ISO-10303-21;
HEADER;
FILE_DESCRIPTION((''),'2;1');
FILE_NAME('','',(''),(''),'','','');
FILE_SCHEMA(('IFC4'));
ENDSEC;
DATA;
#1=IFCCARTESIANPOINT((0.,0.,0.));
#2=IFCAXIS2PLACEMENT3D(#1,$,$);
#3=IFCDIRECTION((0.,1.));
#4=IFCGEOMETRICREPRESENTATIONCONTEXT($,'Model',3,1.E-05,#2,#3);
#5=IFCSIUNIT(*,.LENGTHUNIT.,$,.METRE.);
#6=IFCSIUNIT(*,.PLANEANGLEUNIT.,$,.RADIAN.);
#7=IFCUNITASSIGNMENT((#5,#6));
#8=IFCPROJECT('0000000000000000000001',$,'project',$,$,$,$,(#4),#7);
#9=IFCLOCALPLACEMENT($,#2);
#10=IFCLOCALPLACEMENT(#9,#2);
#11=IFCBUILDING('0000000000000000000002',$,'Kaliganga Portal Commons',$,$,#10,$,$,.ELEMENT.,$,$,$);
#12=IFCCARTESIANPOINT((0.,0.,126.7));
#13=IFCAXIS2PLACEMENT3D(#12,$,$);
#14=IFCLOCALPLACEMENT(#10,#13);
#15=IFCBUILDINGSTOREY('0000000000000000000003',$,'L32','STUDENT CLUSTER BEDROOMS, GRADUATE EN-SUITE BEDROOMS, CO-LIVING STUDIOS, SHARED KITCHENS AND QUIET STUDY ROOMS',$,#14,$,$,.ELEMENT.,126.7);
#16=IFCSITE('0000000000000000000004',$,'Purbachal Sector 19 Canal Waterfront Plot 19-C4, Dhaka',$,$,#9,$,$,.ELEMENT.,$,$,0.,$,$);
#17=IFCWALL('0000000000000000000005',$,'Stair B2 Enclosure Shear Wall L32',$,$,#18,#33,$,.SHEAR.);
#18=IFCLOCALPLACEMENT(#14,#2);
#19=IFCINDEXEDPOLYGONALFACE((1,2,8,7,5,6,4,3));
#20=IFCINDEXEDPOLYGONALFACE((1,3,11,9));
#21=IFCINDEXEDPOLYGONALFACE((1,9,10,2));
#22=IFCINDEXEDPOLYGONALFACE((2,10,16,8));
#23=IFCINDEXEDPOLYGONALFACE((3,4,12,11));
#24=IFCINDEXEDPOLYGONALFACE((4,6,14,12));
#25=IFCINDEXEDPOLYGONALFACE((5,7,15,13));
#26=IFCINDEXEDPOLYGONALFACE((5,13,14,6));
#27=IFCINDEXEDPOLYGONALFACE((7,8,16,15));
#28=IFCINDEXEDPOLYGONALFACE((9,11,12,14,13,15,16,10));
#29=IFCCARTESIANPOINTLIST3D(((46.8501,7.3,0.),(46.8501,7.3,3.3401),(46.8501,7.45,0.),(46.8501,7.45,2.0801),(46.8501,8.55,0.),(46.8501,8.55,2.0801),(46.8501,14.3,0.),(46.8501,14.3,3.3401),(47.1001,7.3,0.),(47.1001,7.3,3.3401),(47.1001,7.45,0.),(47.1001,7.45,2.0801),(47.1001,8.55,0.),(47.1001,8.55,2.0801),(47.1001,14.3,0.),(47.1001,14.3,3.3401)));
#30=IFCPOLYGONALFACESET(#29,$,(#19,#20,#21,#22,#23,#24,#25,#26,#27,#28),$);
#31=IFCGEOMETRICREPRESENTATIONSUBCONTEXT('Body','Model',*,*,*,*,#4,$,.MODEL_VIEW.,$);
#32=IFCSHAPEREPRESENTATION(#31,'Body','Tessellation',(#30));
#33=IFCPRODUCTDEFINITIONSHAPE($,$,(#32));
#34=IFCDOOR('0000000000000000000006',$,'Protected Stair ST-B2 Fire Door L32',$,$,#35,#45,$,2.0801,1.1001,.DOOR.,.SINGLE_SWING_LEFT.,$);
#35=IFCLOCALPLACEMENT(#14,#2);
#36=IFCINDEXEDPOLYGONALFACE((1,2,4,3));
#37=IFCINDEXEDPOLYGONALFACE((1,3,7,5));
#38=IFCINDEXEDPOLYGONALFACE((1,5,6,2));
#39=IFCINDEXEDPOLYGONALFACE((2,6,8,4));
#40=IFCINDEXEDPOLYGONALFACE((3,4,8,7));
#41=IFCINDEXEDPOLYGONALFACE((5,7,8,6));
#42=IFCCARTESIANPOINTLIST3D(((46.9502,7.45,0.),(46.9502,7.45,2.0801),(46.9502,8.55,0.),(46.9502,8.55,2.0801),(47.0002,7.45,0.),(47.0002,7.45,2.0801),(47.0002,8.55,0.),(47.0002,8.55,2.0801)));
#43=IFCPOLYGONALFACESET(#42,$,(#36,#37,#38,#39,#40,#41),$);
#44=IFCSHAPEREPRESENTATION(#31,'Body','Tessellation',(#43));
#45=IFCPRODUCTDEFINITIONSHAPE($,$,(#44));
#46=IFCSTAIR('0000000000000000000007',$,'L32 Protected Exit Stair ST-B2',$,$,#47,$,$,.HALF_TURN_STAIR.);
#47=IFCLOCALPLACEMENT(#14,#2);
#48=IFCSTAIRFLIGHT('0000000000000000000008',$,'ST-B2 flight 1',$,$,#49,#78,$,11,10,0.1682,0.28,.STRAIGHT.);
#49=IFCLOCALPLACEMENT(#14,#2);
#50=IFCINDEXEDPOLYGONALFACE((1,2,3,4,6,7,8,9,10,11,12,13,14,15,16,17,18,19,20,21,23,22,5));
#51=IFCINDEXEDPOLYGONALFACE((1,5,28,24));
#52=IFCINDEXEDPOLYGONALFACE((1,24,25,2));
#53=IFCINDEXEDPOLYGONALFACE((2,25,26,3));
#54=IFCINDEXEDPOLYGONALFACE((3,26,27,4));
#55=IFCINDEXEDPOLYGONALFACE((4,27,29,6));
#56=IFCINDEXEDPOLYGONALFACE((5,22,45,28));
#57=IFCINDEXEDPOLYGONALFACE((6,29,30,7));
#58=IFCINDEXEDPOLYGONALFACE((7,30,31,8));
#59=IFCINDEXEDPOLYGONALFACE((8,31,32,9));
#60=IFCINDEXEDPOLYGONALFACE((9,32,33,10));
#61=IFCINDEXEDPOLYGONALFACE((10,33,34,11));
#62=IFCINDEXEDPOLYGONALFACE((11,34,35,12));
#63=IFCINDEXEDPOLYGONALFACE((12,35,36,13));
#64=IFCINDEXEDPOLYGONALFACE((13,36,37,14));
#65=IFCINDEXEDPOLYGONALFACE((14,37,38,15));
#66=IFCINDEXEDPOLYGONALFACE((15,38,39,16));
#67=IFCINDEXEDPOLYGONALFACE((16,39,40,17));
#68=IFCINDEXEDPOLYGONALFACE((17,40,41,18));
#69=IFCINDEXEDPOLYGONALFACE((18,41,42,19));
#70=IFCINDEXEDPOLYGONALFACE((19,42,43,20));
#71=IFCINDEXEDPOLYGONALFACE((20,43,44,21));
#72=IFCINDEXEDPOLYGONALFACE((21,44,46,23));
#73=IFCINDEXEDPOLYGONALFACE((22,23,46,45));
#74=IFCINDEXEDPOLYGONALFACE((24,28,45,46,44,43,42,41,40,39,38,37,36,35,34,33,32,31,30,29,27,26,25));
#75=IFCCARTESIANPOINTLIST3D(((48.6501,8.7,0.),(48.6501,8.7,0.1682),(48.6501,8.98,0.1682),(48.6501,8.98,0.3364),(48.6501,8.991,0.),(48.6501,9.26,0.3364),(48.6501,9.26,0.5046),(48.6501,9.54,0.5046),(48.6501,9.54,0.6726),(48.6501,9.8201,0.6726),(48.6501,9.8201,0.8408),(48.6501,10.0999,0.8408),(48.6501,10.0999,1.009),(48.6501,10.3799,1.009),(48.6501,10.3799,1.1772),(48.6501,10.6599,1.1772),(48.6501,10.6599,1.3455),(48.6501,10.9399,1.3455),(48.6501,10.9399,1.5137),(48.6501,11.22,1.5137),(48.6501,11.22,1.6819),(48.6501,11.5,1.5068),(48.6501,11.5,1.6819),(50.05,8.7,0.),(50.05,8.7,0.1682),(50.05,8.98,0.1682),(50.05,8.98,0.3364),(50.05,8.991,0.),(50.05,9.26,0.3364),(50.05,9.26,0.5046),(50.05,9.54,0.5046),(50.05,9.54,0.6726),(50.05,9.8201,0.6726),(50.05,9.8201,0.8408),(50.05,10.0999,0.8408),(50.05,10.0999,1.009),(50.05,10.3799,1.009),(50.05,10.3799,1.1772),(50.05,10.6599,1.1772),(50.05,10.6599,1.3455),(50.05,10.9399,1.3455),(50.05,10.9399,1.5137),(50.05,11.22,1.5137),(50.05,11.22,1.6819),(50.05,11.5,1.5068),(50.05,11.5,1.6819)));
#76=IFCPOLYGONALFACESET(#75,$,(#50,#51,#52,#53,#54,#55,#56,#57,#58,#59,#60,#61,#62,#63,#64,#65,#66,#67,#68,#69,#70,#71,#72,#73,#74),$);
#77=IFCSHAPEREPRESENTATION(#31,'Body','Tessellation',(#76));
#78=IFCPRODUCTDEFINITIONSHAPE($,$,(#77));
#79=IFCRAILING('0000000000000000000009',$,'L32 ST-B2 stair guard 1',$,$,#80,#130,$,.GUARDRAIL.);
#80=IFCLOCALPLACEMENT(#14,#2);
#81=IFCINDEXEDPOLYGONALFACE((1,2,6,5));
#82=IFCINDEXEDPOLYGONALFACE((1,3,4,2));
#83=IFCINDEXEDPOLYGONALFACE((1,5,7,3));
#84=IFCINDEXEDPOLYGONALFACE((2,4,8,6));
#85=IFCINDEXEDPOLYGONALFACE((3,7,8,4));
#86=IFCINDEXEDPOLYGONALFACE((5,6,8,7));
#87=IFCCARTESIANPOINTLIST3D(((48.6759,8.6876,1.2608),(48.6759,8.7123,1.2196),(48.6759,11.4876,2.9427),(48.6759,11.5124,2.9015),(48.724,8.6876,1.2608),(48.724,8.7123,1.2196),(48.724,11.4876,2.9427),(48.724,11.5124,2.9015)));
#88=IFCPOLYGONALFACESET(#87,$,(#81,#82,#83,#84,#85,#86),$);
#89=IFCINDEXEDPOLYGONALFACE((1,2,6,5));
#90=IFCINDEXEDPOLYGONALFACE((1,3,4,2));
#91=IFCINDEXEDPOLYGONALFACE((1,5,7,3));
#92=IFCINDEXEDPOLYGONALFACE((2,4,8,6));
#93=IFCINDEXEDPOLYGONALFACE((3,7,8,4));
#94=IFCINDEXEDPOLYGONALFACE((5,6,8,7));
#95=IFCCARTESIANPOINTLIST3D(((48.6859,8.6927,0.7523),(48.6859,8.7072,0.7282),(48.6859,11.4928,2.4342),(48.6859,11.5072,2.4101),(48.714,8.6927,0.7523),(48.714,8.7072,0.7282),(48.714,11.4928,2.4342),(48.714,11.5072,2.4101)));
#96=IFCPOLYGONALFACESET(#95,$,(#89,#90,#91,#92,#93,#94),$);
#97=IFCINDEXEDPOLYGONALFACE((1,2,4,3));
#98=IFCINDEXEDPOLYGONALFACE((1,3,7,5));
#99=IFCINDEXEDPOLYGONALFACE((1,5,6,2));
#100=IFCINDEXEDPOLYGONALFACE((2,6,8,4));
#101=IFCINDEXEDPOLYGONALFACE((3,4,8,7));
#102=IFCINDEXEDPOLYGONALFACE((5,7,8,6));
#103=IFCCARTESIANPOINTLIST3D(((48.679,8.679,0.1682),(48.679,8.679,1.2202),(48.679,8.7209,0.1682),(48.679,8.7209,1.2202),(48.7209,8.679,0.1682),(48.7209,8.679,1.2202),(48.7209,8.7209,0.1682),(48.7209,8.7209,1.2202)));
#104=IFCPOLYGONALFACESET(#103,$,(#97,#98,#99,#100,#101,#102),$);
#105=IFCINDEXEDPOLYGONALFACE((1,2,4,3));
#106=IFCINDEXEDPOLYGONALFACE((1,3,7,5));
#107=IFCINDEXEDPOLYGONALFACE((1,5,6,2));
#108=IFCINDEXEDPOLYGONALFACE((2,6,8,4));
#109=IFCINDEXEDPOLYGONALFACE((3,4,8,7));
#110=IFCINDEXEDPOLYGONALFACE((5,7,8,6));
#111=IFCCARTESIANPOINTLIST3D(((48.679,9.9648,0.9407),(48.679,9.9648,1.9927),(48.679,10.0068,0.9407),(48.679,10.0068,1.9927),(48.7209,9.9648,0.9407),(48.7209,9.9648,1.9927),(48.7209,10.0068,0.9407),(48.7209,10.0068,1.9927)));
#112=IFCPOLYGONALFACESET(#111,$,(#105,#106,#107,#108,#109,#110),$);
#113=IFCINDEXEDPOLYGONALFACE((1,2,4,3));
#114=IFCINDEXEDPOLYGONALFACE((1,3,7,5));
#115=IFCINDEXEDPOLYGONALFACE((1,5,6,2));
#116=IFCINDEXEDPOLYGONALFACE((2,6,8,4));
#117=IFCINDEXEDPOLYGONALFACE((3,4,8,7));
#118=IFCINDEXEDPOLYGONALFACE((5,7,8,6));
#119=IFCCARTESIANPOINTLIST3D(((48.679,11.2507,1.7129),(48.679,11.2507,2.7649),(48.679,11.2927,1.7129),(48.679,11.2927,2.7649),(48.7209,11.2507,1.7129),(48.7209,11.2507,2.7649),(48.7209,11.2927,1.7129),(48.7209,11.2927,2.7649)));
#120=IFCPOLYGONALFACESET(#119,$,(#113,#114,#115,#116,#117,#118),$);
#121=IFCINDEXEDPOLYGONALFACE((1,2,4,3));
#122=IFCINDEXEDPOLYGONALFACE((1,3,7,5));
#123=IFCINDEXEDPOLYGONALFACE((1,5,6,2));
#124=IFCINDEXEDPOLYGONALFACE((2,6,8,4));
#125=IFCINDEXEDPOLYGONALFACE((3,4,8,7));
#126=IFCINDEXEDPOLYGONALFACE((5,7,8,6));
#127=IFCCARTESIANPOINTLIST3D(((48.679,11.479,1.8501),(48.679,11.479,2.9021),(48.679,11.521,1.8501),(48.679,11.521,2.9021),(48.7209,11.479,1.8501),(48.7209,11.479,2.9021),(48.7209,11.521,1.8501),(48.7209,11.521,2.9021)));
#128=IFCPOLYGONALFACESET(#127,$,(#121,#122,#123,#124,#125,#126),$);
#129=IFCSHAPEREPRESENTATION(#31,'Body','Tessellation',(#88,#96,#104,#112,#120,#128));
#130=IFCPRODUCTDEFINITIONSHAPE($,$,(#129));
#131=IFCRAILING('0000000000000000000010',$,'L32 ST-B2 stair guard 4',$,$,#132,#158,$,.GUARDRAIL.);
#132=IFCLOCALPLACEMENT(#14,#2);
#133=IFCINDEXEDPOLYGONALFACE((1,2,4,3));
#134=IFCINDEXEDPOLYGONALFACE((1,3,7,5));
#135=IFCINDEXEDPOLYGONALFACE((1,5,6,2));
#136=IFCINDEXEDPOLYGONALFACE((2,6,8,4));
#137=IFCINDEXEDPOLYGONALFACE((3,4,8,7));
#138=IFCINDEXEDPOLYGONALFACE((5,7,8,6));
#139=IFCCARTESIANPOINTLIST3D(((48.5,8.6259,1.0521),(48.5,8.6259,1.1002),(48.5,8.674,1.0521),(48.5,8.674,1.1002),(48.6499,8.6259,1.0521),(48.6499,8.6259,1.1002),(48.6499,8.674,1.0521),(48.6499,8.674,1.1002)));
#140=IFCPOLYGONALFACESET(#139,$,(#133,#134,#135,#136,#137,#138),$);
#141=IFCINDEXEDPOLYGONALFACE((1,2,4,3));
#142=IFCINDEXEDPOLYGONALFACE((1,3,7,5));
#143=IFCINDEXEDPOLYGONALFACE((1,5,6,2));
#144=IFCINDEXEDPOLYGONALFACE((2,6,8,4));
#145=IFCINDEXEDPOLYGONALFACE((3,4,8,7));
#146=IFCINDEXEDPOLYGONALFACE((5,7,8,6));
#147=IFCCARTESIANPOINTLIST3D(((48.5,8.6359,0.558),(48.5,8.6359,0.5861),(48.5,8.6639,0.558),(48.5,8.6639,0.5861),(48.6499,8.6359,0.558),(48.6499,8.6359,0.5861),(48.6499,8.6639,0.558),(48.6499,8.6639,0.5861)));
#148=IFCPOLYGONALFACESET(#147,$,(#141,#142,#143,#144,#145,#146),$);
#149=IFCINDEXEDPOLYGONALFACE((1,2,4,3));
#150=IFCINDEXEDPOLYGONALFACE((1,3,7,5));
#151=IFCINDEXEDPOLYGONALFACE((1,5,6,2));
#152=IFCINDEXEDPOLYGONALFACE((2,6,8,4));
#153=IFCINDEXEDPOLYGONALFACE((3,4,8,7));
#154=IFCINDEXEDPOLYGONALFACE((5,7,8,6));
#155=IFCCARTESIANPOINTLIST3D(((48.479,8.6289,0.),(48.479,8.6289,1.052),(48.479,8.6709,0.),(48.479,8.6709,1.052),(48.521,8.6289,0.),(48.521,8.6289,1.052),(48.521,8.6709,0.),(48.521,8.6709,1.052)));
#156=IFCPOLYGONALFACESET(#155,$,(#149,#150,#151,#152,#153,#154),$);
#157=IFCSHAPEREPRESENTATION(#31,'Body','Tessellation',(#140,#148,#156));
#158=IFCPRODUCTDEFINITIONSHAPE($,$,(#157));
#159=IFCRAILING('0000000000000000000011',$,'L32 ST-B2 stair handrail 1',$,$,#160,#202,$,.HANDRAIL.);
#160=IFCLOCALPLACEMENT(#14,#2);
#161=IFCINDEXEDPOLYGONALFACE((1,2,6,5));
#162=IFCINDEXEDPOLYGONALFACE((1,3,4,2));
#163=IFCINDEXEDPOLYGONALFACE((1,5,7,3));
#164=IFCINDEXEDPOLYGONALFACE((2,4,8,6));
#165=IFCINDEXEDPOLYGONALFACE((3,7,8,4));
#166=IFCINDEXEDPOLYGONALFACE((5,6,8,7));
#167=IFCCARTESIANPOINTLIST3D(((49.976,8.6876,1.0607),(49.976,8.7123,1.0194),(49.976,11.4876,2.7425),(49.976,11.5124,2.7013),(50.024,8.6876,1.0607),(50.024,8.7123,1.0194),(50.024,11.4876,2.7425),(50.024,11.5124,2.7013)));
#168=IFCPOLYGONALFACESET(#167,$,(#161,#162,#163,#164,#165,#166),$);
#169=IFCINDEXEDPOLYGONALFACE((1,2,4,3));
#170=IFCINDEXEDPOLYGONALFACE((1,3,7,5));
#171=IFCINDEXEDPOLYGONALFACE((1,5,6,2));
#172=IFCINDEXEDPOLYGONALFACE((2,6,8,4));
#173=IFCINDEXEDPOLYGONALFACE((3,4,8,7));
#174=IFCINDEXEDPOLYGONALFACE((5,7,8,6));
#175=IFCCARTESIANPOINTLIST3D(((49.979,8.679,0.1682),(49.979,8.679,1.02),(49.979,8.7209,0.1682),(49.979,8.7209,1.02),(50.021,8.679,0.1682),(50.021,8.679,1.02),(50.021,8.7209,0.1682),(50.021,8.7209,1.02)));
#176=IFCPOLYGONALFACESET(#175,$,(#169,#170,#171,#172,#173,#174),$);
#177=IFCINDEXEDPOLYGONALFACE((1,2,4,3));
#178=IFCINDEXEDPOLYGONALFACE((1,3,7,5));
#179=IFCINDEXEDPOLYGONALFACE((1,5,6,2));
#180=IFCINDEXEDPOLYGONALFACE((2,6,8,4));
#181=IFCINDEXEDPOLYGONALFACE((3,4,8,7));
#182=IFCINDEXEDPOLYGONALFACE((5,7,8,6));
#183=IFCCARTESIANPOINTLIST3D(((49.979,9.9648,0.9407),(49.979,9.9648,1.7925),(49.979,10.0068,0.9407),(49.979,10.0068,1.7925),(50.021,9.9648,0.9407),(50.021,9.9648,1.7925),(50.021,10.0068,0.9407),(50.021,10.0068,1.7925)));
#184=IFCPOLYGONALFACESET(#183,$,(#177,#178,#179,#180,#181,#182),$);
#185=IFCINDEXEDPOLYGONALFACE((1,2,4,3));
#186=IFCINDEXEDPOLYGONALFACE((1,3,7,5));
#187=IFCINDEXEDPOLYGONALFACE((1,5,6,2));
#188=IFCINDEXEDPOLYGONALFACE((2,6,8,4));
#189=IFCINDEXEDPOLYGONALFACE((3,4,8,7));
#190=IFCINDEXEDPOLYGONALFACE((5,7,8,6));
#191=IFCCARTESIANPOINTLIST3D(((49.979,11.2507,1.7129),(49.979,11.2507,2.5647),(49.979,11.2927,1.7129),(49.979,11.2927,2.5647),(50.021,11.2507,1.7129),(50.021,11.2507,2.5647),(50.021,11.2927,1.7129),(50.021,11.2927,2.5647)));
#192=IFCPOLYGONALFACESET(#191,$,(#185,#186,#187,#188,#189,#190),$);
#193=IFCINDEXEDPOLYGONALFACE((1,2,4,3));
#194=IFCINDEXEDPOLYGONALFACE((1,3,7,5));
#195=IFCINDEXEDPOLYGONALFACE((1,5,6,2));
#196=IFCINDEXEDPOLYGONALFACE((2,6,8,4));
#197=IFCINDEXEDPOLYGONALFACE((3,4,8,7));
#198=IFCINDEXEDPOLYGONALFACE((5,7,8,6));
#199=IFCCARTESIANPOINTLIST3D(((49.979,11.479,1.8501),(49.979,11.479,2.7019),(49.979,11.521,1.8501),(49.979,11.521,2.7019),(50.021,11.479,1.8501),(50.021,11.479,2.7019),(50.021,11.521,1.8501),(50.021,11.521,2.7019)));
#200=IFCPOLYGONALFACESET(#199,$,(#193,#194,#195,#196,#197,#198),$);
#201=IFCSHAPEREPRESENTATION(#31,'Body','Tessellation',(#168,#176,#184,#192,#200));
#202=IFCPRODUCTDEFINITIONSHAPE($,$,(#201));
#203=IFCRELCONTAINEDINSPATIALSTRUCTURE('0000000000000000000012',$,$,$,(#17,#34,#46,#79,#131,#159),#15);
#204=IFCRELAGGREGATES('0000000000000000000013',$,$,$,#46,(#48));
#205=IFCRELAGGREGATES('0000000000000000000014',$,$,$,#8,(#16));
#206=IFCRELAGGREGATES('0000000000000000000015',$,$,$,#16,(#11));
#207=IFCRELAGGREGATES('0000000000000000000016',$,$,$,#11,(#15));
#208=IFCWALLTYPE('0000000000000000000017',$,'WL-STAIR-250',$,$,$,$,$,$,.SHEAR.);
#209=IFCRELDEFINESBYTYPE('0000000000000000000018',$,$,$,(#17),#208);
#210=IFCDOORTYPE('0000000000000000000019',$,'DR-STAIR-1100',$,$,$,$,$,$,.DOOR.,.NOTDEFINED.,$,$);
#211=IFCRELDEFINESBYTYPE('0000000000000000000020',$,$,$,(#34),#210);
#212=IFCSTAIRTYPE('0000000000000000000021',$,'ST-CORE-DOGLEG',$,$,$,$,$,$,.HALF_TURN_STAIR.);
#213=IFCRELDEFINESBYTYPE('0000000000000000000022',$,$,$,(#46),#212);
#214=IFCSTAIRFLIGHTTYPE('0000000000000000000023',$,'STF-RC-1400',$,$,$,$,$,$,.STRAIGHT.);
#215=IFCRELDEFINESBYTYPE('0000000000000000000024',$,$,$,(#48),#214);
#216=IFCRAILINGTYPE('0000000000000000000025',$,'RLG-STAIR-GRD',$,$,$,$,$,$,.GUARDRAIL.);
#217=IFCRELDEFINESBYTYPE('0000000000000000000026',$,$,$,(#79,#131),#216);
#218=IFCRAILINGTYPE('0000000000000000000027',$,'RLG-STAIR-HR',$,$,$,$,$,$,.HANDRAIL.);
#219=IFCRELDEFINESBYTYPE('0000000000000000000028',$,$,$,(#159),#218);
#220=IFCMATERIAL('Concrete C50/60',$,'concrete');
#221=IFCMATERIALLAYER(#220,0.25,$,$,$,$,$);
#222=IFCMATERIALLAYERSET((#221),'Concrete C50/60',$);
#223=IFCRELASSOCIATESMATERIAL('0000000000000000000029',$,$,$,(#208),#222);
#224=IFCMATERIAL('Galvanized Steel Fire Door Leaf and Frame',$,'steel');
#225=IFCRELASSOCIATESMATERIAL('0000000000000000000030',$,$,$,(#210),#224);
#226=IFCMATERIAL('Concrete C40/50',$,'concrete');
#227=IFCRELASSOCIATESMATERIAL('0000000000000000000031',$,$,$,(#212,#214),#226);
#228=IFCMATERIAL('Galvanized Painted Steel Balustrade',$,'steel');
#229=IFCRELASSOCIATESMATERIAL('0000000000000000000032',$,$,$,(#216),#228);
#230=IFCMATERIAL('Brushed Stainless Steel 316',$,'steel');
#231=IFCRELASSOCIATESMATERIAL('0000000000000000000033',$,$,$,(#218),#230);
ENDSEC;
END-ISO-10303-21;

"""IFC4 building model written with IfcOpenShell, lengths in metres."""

from ifc_helpers import new_model, si_unit, direction, frame, frame_2d, origin, origin_2d, place, context, subcontext, project, spatial, polyline, rectangle, outline, extrude, material, layer, layer_set, type_object, element, fill, aggregate, save


model = new_model("IFC4")

# Units and contexts
model_context = context("Model", 3, precision=1e-05, world=origin(), true_north=direction((0.0, 1.0)))
body_context = subcontext(model_context, "Body", "Model", "MODEL_VIEW")
ifc_project = project(units=[si_unit("LENGTHUNIT", "METRE"), si_unit("PLANEANGLEUNIT", "RADIAN")], contexts=[model_context])

# Site, building, storey
site_placement = place(None, origin())
site = spatial("IfcSite", under=ifc_project, at=site_placement, Name="Purbachal Sector 19 Canal Waterfront Plot 19-C4, Dhaka", CompositionType="ELEMENT", RefElevation=0.0)
building_placement = place(site_placement, origin())
building = spatial("IfcBuilding", under=site, at=building_placement, Name="Kaliganga Portal Commons", CompositionType="ELEMENT")
storey_placement = place(building_placement, frame((0.0, 0.0, 126.7)))
storey = spatial("IfcBuildingStorey", under=building, at=storey_placement, Name="L32", Description="STUDENT CLUSTER BEDROOMS, GRADUATE EN-SUITE BEDROOMS, CO-LIVING STUDIOS, SHARED KITCHENS AND QUIET STUDY ROOMS", CompositionType="ELEMENT", Elevation=126.7)

# Wall, opening, door
ifc_material_1 = material(Name="Concrete C50/60", Category="concrete")
ifc_layer_1 = layer(ifc_material_1, 0.25)
ifc_layer_set_1 = layer_set([ifc_layer_1], Name="Concrete C50/60")
wall_type_1 = type_object("IfcWallType", Name="WL-STAIR-250", PredefinedType="SHEAR", material=ifc_layer_set_1)
wall_1_placement = place(storey_placement, frame((46.9751, 7.3, 0.0), z_axis=(0.0, 0.0, 1.0), x_axis=(0.0, 1.0, 0.0)))
wall_1 = element("IfcWall", 1, at=wall_1_placement, inside=storey, type_object=wall_type_1, Name="Stair B2 Enclosure Shear Wall L32", PredefinedType="SHEAR", context=body_context, shape_type="SweptSolid", body=[
    extrude(rectangle(XDim=7.0, YDim=0.25, at=frame_2d((3.5, 0.0))), origin(), (0.0, 0.0, 1.0), 3.3401),
])
opening_1_placement = place(wall_1_placement, frame((0.1499, 0.0, 0.0)))
opening_1 = element("IfcOpeningElement", 2, at=opening_1_placement, cuts=wall_1, PredefinedType="OPENING", context=body_context, shape_type="SweptSolid", body=[
    extrude(rectangle(XDim=1.1001, YDim=2.0801, at=frame_2d((0.55, 1.04))), frame((0.0, 0.135, 0.0), z_axis=(0.0, -1.0, 0.0), x_axis=(1.0, 0.0, 0.0)), (0.0, 0.0, 1.0), 0.27),
])
ifc_material_2 = material(Name="Galvanized Steel Fire Door Leaf and Frame", Category="steel")
door_type_1 = type_object("IfcDoorType", Name="DR-STAIR-1100", OperationType="NOTDEFINED", PredefinedType="DOOR", material=ifc_material_2)
door_1_placement = place(opening_1_placement, origin())
door_1 = element("IfcDoor", 3, at=door_1_placement, inside=storey, type_object=door_type_1, Name="Protected Stair ST-B2 Fire Door L32", OperationType="SINGLE_SWING_LEFT", OverallHeight=2.0801, OverallWidth=1.1001, PredefinedType="DOOR", context=body_context, shape_type="SweptSolid", body=[
    extrude(rectangle(XDim=1.1001, YDim=2.0801, at=frame_2d((0.55, 1.04))), frame((0.0, 0.0249, 0.0), z_axis=(0.0, -1.0, 0.0), x_axis=(1.0, 0.0, 0.0)), (0.0, 0.0, 1.0), 0.05),
])
fill(opening_1, door_1)

# Stair, stair flight
ifc_material_3 = material(Name="Concrete C40/50", Category="concrete")
stair_type = type_object("IfcStairType", Name="ST-CORE-DOGLEG", PredefinedType="HALF_TURN_STAIR", material=ifc_material_3)
stair_placement = place(storey_placement, origin())
stair = element("IfcStair", 4, at=stair_placement, inside=storey, type_object=stair_type, Name="L32 Protected Exit Stair ST-B2", PredefinedType="HALF_TURN_STAIR")
stair_flight_type = type_object("IfcStairFlightType", Name="STF-RC-1400", PredefinedType="STRAIGHT", material=ifc_material_3)
stair_flight_placement = place(storey_placement, frame((49.3501, 8.7, 0.0), z_axis=(0.0, 0.0, 1.0), x_axis=(0.0, 1.0, 0.0)))
stair_flight = element("IfcStairFlight", 5, at=stair_flight_placement, type_object=stair_flight_type, Name="ST-B2 flight 1", NumberOfRisers=11, NumberOfTreads=10, PredefinedType="STRAIGHT", RiserHeight=0.1682, TreadLength=0.28, context=body_context, shape_type="SweptSolid", body=[
    extrude(outline(polyline([(0.0, 0.0), (0.0, 0.1682), (0.28, 0.1682), (0.28, 0.3364), (0.5601, 0.3364), (0.5601, 0.5046), (0.8401, 0.5046), (0.8401, 0.6726), (1.1201, 0.6726), (1.1201, 0.8408), (1.3999, 0.8408), (1.3999, 1.009), (1.6799, 1.009), (1.6799, 1.1772), (1.96, 1.1772), (1.96, 1.3455), (2.24, 1.3455), (2.24, 1.5137), (2.52, 1.5137), (2.52, 1.6819), (2.8, 1.6819), (2.8, 1.8501), (2.8, 1.5068), (0.291, 0.0), (0.0, 0.0)])), frame((0.0, 0.7, 0.0), z_axis=(0.0, -1.0, 0.0), x_axis=(1.0, 0.0, 0.0)), (0.0, 0.0, 1.0), 1.3999),
])
aggregate(stair, [stair_flight])

# Railings
ifc_material_4 = material(Name="Galvanized Painted Steel Balustrade", Category="steel")
railing_type_1 = type_object("IfcRailingType", Name="RLG-STAIR-GRD", PredefinedType="GUARDRAIL", material=ifc_material_4)
railing_1_placement = place(storey_placement, frame((48.7, 8.7, 0.1682)))
element("IfcRailing", 6, at=railing_1_placement, inside=storey, type_object=railing_type_1, Name="L32 ST-B2 stair guard 1", PredefinedType="GUARDRAIL", context=body_context, shape_type="SweptSolid", body=[
    extrude(rectangle(XDim=0.0481, YDim=0.0481, at=origin_2d()), frame((0.0, 0.0, 1.072), z_axis=(0.0, 0.857242, 0.514913), x_axis=(-1.0, 0.0, 0.0)), (0.0, 0.0, 1.0), 3.2664),
    extrude(rectangle(XDim=0.0281, YDim=0.0281, at=origin_2d()), frame((0.0, 0.0, 0.572), z_axis=(0.0, 0.857242, 0.514913), x_axis=(-1.0, 0.0, 0.0)), (0.0, 0.0, 1.0), 3.2664),
    extrude(rectangle(XDim=0.042, YDim=0.042, at=origin_2d()), origin(), (0.0, 0.0, 1.0), 1.052),
    extrude(rectangle(XDim=0.042, YDim=0.042, at=origin_2d()), frame((0.0, 1.2859, 0.7725)), (0.0, 0.0, 1.0), 1.052),
    extrude(rectangle(XDim=0.042, YDim=0.042, at=origin_2d()), frame((0.0, 2.5718, 1.5447)), (0.0, 0.0, 1.0), 1.052),
    extrude(rectangle(XDim=0.042, YDim=0.042, at=origin_2d()), frame((0.0, 2.8, 1.6819)), (0.0, 0.0, 1.0), 1.052),
])
railing_2_placement = place(storey_placement, frame((48.6499, 8.6499, 0.0)))
element("IfcRailing", 7, at=railing_2_placement, inside=storey, type_object=railing_type_1, Name="L32 ST-B2 stair guard 4", PredefinedType="GUARDRAIL", context=body_context, shape_type="SweptSolid", body=[
    extrude(rectangle(XDim=0.0481, YDim=0.0481, at=origin_2d()), frame((0.0, 0.0, 1.0762), z_axis=(-1.0, 0.0, 0.0), x_axis=(0.0, -1.0, 0.0)), (0.0, 0.0, 1.0), 0.1499),
    extrude(rectangle(XDim=0.0281, YDim=0.0281, at=origin_2d()), frame((0.0, 0.0, 0.572), z_axis=(-1.0, 0.0, 0.0), x_axis=(0.0, -1.0, 0.0)), (0.0, 0.0, 1.0), 0.1499),
    extrude(rectangle(XDim=0.042, YDim=0.042, at=origin_2d()), frame((-0.1499, 0.0, 0.0)), (0.0, 0.0, 1.0), 1.052),
])
ifc_material_5 = material(Name="Brushed Stainless Steel 316", Category="steel")
railing_type_2 = type_object("IfcRailingType", Name="RLG-STAIR-HR", PredefinedType="HANDRAIL", material=ifc_material_5)
railing_3_placement = place(storey_placement, frame((50.0, 8.7, 0.1682)))
element("IfcRailing", 8, at=railing_3_placement, inside=storey, type_object=railing_type_2, Name="L32 ST-B2 stair handrail 1", PredefinedType="HANDRAIL", context=body_context, shape_type="SweptSolid", body=[
    extrude(rectangle(XDim=0.0481, YDim=0.0481, at=origin_2d()), frame((0.0, 0.0, 0.8718), z_axis=(0.0, 0.857242, 0.514913), x_axis=(-1.0, 0.0, 0.0)), (0.0, 0.0, 1.0), 3.2664),
    extrude(rectangle(XDim=0.042, YDim=0.042, at=origin_2d()), origin(), (0.0, 0.0, 1.0), 0.8518),
    extrude(rectangle(XDim=0.042, YDim=0.042, at=origin_2d()), frame((0.0, 1.2859, 0.7725)), (0.0, 0.0, 1.0), 0.8518),
    extrude(rectangle(XDim=0.042, YDim=0.042, at=origin_2d()), frame((0.0, 2.5718, 1.5447)), (0.0, 0.0, 1.0), 0.8518),
    extrude(rectangle(XDim=0.042, YDim=0.042, at=origin_2d()), frame((0.0, 2.8, 1.6819)), (0.0, 0.0, 1.0), 0.8518),
])

save(model, "model.ifc")
